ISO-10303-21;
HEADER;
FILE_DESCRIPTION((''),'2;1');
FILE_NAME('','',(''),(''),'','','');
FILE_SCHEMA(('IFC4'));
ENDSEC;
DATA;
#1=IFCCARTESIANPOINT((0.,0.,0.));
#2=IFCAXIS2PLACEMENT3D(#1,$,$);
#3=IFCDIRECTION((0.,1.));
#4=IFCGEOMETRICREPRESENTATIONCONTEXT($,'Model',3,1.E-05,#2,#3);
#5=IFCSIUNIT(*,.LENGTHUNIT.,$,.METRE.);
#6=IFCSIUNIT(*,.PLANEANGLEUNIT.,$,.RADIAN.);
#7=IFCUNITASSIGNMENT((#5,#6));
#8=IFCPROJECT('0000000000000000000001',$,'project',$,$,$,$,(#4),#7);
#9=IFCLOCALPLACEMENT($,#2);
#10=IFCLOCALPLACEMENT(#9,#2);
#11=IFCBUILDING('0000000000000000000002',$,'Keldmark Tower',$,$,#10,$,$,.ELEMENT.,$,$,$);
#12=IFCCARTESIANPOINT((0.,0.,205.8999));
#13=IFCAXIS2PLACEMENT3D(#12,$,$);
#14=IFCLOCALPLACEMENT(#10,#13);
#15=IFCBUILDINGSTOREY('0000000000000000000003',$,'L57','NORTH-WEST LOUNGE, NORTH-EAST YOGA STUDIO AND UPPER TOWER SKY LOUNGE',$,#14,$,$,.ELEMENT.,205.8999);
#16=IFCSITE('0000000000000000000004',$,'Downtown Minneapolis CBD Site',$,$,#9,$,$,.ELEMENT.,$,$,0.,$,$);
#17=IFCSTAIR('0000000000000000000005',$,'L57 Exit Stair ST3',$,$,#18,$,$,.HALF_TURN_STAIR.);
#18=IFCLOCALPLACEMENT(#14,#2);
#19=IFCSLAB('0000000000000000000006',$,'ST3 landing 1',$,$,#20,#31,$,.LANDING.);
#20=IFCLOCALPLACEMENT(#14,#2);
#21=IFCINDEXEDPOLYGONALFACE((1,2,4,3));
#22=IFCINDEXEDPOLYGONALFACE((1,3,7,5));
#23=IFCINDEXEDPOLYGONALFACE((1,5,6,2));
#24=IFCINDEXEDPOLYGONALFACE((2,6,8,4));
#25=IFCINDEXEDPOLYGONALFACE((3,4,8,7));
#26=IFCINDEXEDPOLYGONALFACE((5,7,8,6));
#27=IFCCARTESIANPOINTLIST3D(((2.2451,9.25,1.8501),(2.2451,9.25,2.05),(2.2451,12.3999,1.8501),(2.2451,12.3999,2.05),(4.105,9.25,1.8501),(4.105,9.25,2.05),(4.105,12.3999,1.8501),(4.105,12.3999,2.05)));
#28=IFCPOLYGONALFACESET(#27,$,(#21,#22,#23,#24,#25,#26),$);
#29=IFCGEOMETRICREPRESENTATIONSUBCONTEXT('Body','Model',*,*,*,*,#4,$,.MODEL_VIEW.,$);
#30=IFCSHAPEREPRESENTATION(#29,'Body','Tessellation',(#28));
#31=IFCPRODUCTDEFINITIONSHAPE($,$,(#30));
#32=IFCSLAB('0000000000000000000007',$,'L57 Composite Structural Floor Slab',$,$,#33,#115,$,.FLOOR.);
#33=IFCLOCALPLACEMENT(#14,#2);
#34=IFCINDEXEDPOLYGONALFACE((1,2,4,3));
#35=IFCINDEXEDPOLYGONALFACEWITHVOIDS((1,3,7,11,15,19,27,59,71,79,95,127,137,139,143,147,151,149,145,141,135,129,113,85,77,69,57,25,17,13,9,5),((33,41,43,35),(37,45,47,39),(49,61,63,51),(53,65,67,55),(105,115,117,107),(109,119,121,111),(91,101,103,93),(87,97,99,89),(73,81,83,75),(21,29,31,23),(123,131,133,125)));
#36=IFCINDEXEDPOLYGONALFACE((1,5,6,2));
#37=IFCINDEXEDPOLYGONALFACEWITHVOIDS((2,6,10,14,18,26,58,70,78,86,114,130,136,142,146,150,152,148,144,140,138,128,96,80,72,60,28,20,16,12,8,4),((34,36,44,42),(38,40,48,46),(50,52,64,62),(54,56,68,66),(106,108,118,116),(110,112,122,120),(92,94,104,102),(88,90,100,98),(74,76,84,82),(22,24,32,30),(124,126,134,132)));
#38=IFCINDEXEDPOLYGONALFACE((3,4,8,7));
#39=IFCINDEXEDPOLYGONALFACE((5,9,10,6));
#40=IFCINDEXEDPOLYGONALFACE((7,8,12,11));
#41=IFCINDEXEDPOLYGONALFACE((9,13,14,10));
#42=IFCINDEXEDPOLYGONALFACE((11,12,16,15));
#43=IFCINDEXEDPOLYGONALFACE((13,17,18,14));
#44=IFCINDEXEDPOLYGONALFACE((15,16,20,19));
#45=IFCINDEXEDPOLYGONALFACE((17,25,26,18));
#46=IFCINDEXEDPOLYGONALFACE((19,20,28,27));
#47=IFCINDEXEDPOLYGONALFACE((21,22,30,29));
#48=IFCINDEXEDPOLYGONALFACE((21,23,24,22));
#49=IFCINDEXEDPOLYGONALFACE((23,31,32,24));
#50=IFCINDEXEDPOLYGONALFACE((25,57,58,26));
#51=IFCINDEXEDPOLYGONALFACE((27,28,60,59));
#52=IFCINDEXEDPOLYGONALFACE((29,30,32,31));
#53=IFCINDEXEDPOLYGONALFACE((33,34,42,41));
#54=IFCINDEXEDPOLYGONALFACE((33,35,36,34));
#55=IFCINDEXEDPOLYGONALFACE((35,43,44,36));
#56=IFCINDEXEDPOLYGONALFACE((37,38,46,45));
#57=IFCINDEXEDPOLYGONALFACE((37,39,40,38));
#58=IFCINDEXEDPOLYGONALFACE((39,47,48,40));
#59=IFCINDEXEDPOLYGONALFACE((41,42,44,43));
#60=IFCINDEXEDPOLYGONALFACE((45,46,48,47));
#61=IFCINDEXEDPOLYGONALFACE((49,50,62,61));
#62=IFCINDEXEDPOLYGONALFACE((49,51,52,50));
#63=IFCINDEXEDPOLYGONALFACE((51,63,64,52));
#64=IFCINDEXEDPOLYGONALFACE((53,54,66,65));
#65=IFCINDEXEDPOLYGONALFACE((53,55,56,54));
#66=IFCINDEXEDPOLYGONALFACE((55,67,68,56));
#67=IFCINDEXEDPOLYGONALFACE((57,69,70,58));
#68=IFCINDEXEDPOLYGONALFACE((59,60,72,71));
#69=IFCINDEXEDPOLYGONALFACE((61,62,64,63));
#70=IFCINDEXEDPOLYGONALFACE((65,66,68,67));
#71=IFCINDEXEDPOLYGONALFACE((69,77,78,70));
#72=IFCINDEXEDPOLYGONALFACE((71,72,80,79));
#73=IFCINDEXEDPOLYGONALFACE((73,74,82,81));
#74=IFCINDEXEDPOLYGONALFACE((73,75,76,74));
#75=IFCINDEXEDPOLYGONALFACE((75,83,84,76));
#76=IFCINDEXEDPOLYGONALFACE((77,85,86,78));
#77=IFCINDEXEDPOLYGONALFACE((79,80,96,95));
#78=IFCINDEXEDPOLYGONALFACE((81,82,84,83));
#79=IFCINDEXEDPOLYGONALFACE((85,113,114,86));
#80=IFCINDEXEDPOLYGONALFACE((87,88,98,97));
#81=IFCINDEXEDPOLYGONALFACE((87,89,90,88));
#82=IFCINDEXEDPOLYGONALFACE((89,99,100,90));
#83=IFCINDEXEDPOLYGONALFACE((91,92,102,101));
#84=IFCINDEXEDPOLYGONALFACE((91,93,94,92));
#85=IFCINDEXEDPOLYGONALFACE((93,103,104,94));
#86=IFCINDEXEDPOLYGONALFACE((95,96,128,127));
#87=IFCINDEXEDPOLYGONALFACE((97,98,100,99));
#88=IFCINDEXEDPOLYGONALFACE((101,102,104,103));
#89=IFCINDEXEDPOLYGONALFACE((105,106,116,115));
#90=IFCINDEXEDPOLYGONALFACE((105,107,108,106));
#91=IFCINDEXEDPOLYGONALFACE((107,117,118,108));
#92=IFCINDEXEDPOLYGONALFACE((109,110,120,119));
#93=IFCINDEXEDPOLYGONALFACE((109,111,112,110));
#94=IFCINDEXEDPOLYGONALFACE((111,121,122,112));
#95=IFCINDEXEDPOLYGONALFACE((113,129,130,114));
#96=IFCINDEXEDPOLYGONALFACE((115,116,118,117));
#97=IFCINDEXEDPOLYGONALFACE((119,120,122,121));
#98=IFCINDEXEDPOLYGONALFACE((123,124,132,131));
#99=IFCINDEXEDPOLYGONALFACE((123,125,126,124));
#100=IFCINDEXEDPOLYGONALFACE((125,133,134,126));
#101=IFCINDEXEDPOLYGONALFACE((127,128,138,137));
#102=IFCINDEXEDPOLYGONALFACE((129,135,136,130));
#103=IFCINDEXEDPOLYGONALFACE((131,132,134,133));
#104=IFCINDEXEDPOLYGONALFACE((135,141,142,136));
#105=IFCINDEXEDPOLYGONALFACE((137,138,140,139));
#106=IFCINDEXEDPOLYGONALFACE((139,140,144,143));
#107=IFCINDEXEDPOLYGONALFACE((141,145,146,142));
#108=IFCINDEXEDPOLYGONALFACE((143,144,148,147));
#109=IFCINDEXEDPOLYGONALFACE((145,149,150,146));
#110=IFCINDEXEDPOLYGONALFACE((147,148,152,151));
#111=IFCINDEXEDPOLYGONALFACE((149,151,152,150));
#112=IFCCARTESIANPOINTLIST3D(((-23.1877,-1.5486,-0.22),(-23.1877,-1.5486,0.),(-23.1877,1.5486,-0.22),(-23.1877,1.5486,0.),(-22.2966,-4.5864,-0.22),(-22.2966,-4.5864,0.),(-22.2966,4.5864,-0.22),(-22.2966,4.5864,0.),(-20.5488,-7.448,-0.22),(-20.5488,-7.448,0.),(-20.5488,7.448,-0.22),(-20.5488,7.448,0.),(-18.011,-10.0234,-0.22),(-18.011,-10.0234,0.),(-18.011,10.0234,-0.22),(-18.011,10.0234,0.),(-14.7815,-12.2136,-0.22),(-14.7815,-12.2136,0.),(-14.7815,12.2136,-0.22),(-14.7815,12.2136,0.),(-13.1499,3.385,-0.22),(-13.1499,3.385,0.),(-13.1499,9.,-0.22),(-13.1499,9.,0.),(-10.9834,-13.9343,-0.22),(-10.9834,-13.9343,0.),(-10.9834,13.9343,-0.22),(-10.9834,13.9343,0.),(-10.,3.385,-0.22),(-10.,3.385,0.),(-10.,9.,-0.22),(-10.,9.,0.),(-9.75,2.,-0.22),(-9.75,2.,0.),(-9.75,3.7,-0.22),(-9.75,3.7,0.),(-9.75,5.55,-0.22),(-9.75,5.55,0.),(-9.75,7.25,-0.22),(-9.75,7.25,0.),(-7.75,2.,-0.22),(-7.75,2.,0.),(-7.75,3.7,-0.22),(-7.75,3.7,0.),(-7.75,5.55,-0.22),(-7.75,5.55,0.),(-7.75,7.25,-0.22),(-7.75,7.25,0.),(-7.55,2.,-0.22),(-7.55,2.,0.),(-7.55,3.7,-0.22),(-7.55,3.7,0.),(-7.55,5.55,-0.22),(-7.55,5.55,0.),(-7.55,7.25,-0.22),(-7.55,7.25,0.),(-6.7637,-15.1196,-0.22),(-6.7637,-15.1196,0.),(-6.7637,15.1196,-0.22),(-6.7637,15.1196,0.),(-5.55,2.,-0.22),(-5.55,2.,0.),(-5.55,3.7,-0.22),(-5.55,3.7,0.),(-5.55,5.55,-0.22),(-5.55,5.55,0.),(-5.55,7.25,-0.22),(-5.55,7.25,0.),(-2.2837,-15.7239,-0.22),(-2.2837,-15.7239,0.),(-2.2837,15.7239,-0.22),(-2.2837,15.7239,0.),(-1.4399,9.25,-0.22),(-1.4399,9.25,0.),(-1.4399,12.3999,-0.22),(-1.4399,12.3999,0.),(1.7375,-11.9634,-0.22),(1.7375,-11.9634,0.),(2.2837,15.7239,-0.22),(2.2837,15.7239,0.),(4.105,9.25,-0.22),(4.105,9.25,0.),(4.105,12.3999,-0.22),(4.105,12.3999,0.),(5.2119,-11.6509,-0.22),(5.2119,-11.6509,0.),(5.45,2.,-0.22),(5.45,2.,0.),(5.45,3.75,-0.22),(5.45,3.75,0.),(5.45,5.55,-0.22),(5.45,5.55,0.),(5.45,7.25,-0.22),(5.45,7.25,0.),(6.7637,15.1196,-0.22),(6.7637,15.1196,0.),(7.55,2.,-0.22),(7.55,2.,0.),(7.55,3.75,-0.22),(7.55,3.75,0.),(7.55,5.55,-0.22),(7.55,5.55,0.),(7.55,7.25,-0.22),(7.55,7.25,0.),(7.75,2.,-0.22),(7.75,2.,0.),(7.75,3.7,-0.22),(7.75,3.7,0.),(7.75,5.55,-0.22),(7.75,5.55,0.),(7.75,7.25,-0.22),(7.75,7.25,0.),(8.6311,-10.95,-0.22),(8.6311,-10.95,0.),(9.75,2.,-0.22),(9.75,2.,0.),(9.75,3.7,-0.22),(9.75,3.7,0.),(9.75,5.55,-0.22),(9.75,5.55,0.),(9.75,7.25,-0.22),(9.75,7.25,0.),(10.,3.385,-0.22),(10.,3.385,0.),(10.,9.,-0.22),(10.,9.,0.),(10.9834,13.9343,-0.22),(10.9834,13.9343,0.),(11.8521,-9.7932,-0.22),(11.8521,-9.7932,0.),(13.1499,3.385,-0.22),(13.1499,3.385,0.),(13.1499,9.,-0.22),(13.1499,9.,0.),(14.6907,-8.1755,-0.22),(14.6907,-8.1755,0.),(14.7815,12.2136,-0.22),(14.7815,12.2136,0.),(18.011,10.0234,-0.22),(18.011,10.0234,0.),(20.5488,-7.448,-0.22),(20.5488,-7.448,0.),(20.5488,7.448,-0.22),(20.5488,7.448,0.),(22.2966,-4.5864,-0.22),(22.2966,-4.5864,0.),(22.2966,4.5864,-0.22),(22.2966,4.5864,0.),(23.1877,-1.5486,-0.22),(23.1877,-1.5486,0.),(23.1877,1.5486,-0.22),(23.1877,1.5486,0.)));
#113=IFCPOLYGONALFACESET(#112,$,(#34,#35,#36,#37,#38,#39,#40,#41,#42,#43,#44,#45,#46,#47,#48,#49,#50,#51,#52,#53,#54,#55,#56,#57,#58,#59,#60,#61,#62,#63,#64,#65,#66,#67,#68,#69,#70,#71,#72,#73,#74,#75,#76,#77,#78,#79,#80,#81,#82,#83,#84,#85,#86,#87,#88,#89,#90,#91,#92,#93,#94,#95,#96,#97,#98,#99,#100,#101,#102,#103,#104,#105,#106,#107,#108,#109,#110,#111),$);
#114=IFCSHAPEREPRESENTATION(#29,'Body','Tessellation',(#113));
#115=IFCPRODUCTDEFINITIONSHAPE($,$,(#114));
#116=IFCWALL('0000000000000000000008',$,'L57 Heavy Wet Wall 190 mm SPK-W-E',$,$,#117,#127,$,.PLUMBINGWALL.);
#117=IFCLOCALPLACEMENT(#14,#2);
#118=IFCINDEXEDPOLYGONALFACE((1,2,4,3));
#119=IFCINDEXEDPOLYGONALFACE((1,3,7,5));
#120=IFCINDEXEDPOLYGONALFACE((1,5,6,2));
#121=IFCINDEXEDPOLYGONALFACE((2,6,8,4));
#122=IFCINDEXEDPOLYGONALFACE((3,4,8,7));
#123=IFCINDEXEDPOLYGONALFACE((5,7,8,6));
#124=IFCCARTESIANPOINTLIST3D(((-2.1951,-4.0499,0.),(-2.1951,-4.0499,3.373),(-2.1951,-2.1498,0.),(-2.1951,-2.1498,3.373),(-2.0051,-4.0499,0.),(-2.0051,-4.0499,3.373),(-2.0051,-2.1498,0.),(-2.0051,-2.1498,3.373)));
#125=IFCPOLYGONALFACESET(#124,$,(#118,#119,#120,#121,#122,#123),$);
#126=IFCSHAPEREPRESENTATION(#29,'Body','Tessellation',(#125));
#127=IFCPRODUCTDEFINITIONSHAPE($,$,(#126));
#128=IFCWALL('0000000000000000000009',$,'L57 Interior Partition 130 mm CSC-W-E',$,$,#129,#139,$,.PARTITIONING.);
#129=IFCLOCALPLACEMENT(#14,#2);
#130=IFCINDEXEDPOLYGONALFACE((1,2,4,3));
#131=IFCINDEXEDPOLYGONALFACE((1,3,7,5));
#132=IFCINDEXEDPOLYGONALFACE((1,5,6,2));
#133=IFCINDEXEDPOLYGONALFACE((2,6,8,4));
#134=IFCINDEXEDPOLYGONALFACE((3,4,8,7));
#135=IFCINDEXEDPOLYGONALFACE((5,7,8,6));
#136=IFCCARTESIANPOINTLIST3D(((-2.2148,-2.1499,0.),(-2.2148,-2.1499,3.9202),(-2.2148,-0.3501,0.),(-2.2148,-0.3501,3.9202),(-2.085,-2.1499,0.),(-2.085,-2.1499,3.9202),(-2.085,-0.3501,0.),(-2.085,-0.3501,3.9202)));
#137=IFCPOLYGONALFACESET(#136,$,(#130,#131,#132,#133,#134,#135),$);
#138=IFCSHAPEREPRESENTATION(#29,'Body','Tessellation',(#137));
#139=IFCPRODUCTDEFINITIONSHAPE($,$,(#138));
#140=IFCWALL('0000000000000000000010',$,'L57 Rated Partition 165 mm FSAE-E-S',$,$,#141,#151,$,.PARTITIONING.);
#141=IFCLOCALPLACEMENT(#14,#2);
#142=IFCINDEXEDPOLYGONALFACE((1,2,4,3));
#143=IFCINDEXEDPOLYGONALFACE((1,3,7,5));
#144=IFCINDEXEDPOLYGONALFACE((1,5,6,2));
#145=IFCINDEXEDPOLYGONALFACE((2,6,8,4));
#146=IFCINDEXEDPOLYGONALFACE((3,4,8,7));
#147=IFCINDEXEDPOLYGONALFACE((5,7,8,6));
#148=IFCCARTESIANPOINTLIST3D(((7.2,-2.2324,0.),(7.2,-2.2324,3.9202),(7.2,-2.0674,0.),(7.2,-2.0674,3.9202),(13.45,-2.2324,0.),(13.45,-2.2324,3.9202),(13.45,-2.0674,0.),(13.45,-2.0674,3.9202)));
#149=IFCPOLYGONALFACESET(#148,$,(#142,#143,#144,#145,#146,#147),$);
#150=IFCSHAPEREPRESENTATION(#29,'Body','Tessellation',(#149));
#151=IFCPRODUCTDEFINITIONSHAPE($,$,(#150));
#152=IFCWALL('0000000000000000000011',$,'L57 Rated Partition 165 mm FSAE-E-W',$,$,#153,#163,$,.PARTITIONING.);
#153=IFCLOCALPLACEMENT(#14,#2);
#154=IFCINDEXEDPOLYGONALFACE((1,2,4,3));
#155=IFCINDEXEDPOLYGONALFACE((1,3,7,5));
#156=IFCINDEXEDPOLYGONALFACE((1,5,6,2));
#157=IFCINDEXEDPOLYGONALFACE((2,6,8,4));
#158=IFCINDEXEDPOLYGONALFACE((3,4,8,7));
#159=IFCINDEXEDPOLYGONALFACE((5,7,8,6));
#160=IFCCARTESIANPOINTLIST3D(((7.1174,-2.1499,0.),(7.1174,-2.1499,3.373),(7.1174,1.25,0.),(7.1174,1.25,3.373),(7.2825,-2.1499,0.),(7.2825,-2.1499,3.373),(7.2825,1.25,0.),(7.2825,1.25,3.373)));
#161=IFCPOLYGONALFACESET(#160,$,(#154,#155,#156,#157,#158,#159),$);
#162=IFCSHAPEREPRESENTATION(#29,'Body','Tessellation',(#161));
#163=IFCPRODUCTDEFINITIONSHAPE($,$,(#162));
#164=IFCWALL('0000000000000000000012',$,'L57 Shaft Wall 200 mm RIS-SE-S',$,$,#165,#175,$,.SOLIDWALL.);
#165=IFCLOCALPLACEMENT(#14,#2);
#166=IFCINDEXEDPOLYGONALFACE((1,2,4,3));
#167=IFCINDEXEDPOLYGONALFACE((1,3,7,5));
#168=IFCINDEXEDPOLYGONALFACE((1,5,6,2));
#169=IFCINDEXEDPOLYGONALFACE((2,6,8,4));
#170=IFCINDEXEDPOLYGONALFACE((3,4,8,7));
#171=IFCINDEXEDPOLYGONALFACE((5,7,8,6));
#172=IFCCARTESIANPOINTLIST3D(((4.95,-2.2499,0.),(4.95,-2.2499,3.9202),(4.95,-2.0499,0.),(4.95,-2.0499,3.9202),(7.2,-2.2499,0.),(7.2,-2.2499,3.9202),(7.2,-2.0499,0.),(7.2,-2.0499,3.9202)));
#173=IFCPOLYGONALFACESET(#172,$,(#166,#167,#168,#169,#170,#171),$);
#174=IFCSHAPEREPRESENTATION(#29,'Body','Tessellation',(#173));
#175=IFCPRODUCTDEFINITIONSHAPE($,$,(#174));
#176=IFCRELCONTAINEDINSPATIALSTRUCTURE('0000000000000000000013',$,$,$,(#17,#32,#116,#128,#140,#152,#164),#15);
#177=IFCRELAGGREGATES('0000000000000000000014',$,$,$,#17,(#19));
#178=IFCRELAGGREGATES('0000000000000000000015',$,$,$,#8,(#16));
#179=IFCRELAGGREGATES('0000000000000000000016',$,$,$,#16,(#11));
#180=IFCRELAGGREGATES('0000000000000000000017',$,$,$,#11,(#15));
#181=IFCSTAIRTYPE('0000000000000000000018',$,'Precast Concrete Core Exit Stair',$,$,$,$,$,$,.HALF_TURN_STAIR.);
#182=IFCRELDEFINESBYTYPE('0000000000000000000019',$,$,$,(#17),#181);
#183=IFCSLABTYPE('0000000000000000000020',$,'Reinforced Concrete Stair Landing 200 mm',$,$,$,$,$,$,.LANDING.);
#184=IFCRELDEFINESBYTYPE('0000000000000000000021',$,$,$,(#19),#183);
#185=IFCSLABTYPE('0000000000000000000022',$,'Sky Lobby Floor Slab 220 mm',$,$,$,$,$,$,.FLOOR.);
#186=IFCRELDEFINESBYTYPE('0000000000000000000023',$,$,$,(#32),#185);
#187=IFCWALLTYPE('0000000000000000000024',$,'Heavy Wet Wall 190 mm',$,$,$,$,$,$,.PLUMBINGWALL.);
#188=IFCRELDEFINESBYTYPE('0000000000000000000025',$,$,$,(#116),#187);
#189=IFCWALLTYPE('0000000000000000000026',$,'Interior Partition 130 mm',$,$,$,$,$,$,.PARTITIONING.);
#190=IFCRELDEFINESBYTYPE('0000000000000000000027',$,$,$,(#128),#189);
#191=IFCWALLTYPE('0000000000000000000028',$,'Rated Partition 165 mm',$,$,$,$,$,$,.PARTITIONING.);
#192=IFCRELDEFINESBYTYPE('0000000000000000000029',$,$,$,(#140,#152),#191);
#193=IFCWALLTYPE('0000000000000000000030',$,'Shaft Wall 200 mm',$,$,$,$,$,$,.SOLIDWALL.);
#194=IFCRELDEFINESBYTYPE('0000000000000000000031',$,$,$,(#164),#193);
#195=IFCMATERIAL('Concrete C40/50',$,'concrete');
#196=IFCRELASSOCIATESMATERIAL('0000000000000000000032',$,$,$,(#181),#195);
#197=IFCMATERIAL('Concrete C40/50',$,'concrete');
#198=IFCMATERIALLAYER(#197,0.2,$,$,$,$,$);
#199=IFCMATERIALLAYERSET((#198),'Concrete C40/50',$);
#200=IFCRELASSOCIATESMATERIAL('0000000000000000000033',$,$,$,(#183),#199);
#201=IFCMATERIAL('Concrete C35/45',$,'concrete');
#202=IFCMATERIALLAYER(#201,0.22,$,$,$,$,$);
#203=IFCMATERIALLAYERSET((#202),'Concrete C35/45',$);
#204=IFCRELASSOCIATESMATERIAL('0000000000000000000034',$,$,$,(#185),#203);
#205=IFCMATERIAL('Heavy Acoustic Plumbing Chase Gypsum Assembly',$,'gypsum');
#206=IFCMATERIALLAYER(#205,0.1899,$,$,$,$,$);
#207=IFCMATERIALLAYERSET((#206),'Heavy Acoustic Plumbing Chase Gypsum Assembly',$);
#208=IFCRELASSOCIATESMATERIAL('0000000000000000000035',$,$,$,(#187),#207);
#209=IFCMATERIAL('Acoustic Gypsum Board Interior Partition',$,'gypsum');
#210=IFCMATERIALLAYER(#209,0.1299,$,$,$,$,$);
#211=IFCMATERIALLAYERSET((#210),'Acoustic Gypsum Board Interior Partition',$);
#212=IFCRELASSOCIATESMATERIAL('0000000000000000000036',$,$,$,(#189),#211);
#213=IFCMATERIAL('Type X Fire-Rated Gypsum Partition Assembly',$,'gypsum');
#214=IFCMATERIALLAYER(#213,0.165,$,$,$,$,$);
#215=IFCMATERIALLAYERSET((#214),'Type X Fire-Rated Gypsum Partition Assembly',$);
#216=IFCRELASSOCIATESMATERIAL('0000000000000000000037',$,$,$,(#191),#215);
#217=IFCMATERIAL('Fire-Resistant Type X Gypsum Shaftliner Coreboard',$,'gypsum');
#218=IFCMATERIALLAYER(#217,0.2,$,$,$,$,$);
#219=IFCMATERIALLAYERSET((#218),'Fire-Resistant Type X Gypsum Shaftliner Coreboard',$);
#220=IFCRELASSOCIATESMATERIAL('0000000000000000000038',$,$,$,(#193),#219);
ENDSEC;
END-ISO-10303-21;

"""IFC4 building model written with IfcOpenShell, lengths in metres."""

from ifc_helpers import new_model, si_unit, direction, frame, frame_2d, origin, place, context, subcontext, project, spatial, polyline, rectangle, outline, extrude, material, layer, layer_set, type_object, element, aggregate, save


model = new_model("IFC4")

# Units and contexts
model_context = context("Model", 3, precision=1e-05, world=origin(), true_north=direction((0.0, 1.0)))
body_context = subcontext(model_context, "Body", "Model", "MODEL_VIEW")
ifc_project = project(units=[si_unit("LENGTHUNIT", "METRE"), si_unit("PLANEANGLEUNIT", "RADIAN")], contexts=[model_context])

# Site, building, storey
site_placement = place(None, origin())
site = spatial("IfcSite", under=ifc_project, at=site_placement, Name="Downtown Minneapolis CBD Site", CompositionType="ELEMENT", RefElevation=0.0)
building_placement = place(site_placement, origin())
building = spatial("IfcBuilding", under=site, at=building_placement, Name="Keldmark Tower", CompositionType="ELEMENT")
storey_placement = place(building_placement, frame((0.0, 0.0, 205.8999)))
storey = spatial("IfcBuildingStorey", under=building, at=storey_placement, Name="L57", Description="NORTH-WEST LOUNGE, NORTH-EAST YOGA STUDIO AND UPPER TOWER SKY LOUNGE", CompositionType="ELEMENT", Elevation=205.8999)

# Stair, slab
ifc_material_1 = material(Name="Concrete C40/50", Category="concrete")
stair_type = type_object("IfcStairType", Name="Precast Concrete Core Exit Stair", PredefinedType="HALF_TURN_STAIR", material=ifc_material_1)
ifc_material_2 = material(Name="Concrete C40/50", Category="concrete")
ifc_layer_1 = layer(ifc_material_2, 0.2)
ifc_layer_set_1 = layer_set([ifc_layer_1], Name="Concrete C40/50")
slab_type_1 = type_object("IfcSlabType", Name="Reinforced Concrete Stair Landing 200 mm", PredefinedType="LANDING", material=ifc_layer_set_1)
stair_1_placement = place(storey_placement, origin())
stair_1 = element("IfcStair", 1, at=stair_1_placement, inside=storey, type_object=stair_type, Name="L57 Exit Stair ST3", PredefinedType="HALF_TURN_STAIR")
slab_1_placement = place(storey_placement, frame((0.0, 0.0, 1.8501)))
slab_1 = element("IfcSlab", 2, at=slab_1_placement, type_object=slab_type_1, Name="ST3 landing 1", PredefinedType="LANDING", context=body_context, shape_type="SweptSolid", body=[
    extrude(outline(polyline([(2.2451, 9.25), (4.105, 9.25), (4.105, 12.3999), (2.2451, 12.3999), (2.2451, 9.25)])), origin(), (0.0, 0.0, 1.0), 0.2),
])
aggregate(stair_1, [slab_1])

# Slab
ifc_material_3 = material(Name="Concrete C35/45", Category="concrete")
ifc_layer_2 = layer(ifc_material_3, 0.22)
ifc_layer_set_2 = layer_set([ifc_layer_2], Name="Concrete C35/45")
slab_type_2 = type_object("IfcSlabType", Name="Sky Lobby Floor Slab 220 mm", PredefinedType="FLOOR", material=ifc_layer_set_2)
slab_2_placement = place(storey_placement, frame((0.0, 0.0, -0.22)))
element("IfcSlab", 3, at=slab_2_placement, inside=storey, type_object=slab_type_2, Name="L57 Composite Structural Floor Slab", PredefinedType="FLOOR", context=body_context, shape_type="SweptSolid", body=[
    extrude(outline(polyline([(23.1877, 1.5486), (22.2966, 4.5864), (20.5488, 7.448), (18.011, 10.0234), (14.7815, 12.2136), (10.9834, 13.9343), (6.7637, 15.1196), (2.2837, 15.7239), (-2.2837, 15.7239), (-6.7637, 15.1196), (-10.9834, 13.9343), (-14.7815, 12.2136), (-18.011, 10.0234), (-20.5488, 7.448), (-22.2966, 4.5864), (-23.1877, 1.5486), (-23.1877, -1.5486), (-22.2966, -4.5864), (-20.5488, -7.448), (-18.011, -10.0234), (-14.7815, -12.2136), (-10.9834, -13.9343), (-6.7637, -15.1196), (-2.2837, -15.7239), (1.7375, -11.9634), (5.2119, -11.6509), (8.6311, -10.95), (11.8521, -9.7932), (14.6907, -8.1755), (20.5488, -7.448), (22.2966, -4.5864), (23.1877, -1.5486), (23.1877, 1.5486)]), holes=[polyline([(-10.0, 3.385), (-10.0, 9.0), (-13.1499, 9.0), (-13.1499, 3.385), (-10.0, 3.385)]), polyline([(13.1499, 3.385), (13.1499, 9.0), (10.0, 9.0), (10.0, 3.385), (13.1499, 3.385)]), polyline([(-1.4399, 9.25), (4.105, 9.25), (4.105, 12.3999), (-1.4399, 12.3999), (-1.4399, 9.25)]), polyline([(-9.75, 2.0), (-7.75, 2.0), (-7.75, 3.7), (-9.75, 3.7), (-9.75, 2.0)]), polyline([(7.75, 2.0), (9.75, 2.0), (9.75, 3.7), (7.75, 3.7), (7.75, 2.0)]), polyline([(5.45, 2.0), (7.55, 2.0), (7.55, 3.75), (5.45, 3.75), (5.45, 2.0)]), polyline([(-9.75, 5.55), (-7.75, 5.55), (-7.75, 7.25), (-9.75, 7.25), (-9.75, 5.55)]), polyline([(-7.55, 5.55), (-5.55, 5.55), (-5.55, 7.25), (-7.55, 7.25), (-7.55, 5.55)]), polyline([(-7.55, 2.0), (-5.55, 2.0), (-5.55, 3.7), (-7.55, 3.7), (-7.55, 2.0)]), polyline([(5.45, 5.55), (7.55, 5.55), (7.55, 7.25), (5.45, 7.25), (5.45, 5.55)]), polyline([(7.75, 5.55), (9.75, 5.55), (9.75, 7.25), (7.75, 7.25), (7.75, 5.55)])]), origin(), (0.0, 0.0, 1.0), 0.22),
])

# Walls
ifc_material_4 = material(Name="Heavy Acoustic Plumbing Chase Gypsum Assembly", Category="gypsum")
ifc_layer_3 = layer(ifc_material_4, 0.1899)
ifc_layer_set_3 = layer_set([ifc_layer_3], Name="Heavy Acoustic Plumbing Chase Gypsum Assembly")
wall_type_1 = type_object("IfcWallType", Name="Heavy Wet Wall 190 mm", PredefinedType="PLUMBINGWALL", material=ifc_layer_set_3)
wall_1_placement = place(storey_placement, frame((-2.1001, -4.05, 0.0), z_axis=(0.0, 0.0, 1.0), x_axis=(0.0, 1.0, 0.0)))
element("IfcWall", 4, at=wall_1_placement, inside=storey, type_object=wall_type_1, Name="L57 Heavy Wet Wall 190 mm SPK-W-E", PredefinedType="PLUMBINGWALL", context=body_context, shape_type="SweptSolid", body=[
    extrude(rectangle(XDim=1.9001, YDim=0.1899, at=frame_2d((0.9502, 0.0))), origin(), (0.0, 0.0, 1.0), 3.373),
])
ifc_material_5 = material(Name="Acoustic Gypsum Board Interior Partition", Category="gypsum")
ifc_layer_4 = layer(ifc_material_5, 0.1299)
ifc_layer_set_4 = layer_set([ifc_layer_4], Name="Acoustic Gypsum Board Interior Partition")
wall_type_2 = type_object("IfcWallType", Name="Interior Partition 130 mm", PredefinedType="PARTITIONING", material=ifc_layer_set_4)
wall_2_placement = place(storey_placement, frame((-2.1499, -2.1499, 0.0), z_axis=(0.0, 0.0, 1.0), x_axis=(0.0, 1.0, 0.0)))
element("IfcWall", 5, at=wall_2_placement, inside=storey, type_object=wall_type_2, Name="L57 Interior Partition 130 mm CSC-W-E", PredefinedType="PARTITIONING", context=body_context, shape_type="SweptSolid", body=[
    extrude(rectangle(XDim=1.7998, YDim=0.1299, at=frame_2d((0.8999, 0.0))), origin(), (0.0, 0.0, 1.0), 3.9202),
])
ifc_material_6 = material(Name="Type X Fire-Rated Gypsum Partition Assembly", Category="gypsum")
ifc_layer_5 = layer(ifc_material_6, 0.165)
ifc_layer_set_5 = layer_set([ifc_layer_5], Name="Type X Fire-Rated Gypsum Partition Assembly")
wall_type_3 = type_object("IfcWallType", Name="Rated Partition 165 mm", PredefinedType="PARTITIONING", material=ifc_layer_set_5)
wall_3_placement = place(storey_placement, frame((7.2, -2.1499, 0.0), z_axis=(0.0, 0.0, 1.0), x_axis=(1.0, 0.0, 0.0)))
element("IfcWall", 6, at=wall_3_placement, inside=storey, type_object=wall_type_3, Name="L57 Rated Partition 165 mm FSAE-E-S", PredefinedType="PARTITIONING", context=body_context, shape_type="SweptSolid", body=[
    extrude(rectangle(XDim=6.25, YDim=0.165, at=frame_2d((3.125, 0.0))), origin(), (0.0, 0.0, 1.0), 3.9202),
])
wall_4_placement = place(storey_placement, frame((7.2, -2.1499, 0.0), z_axis=(0.0, 0.0, 1.0), x_axis=(0.0, 1.0, 0.0)))
element("IfcWall", 7, at=wall_4_placement, inside=storey, type_object=wall_type_3, Name="L57 Rated Partition 165 mm FSAE-E-W", PredefinedType="PARTITIONING", context=body_context, shape_type="SweptSolid", body=[
    extrude(rectangle(XDim=3.3999, YDim=0.165, at=frame_2d((1.7, 0.0))), origin(), (0.0, 0.0, 1.0), 3.373),
])
ifc_material_7 = material(Name="Fire-Resistant Type X Gypsum Shaftliner Coreboard", Category="gypsum")
ifc_layer_6 = layer(ifc_material_7, 0.2)
ifc_layer_set_6 = layer_set([ifc_layer_6], Name="Fire-Resistant Type X Gypsum Shaftliner Coreboard")
wall_type_4 = type_object("IfcWallType", Name="Shaft Wall 200 mm", PredefinedType="SOLIDWALL", material=ifc_layer_set_6)
wall_5_placement = place(storey_placement, frame((4.95, -2.1499, 0.0), z_axis=(0.0, 0.0, 1.0), x_axis=(1.0, 0.0, 0.0)))
element("IfcWall", 8, at=wall_5_placement, inside=storey, type_object=wall_type_4, Name="L57 Shaft Wall 200 mm RIS-SE-S", PredefinedType="SOLIDWALL", context=body_context, shape_type="SweptSolid", body=[
    extrude(rectangle(XDim=2.25, YDim=0.2, at=frame_2d((1.125, 0.0))), origin(), (0.0, 0.0, 1.0), 3.9202),
])

save(model, "model.ifc")
